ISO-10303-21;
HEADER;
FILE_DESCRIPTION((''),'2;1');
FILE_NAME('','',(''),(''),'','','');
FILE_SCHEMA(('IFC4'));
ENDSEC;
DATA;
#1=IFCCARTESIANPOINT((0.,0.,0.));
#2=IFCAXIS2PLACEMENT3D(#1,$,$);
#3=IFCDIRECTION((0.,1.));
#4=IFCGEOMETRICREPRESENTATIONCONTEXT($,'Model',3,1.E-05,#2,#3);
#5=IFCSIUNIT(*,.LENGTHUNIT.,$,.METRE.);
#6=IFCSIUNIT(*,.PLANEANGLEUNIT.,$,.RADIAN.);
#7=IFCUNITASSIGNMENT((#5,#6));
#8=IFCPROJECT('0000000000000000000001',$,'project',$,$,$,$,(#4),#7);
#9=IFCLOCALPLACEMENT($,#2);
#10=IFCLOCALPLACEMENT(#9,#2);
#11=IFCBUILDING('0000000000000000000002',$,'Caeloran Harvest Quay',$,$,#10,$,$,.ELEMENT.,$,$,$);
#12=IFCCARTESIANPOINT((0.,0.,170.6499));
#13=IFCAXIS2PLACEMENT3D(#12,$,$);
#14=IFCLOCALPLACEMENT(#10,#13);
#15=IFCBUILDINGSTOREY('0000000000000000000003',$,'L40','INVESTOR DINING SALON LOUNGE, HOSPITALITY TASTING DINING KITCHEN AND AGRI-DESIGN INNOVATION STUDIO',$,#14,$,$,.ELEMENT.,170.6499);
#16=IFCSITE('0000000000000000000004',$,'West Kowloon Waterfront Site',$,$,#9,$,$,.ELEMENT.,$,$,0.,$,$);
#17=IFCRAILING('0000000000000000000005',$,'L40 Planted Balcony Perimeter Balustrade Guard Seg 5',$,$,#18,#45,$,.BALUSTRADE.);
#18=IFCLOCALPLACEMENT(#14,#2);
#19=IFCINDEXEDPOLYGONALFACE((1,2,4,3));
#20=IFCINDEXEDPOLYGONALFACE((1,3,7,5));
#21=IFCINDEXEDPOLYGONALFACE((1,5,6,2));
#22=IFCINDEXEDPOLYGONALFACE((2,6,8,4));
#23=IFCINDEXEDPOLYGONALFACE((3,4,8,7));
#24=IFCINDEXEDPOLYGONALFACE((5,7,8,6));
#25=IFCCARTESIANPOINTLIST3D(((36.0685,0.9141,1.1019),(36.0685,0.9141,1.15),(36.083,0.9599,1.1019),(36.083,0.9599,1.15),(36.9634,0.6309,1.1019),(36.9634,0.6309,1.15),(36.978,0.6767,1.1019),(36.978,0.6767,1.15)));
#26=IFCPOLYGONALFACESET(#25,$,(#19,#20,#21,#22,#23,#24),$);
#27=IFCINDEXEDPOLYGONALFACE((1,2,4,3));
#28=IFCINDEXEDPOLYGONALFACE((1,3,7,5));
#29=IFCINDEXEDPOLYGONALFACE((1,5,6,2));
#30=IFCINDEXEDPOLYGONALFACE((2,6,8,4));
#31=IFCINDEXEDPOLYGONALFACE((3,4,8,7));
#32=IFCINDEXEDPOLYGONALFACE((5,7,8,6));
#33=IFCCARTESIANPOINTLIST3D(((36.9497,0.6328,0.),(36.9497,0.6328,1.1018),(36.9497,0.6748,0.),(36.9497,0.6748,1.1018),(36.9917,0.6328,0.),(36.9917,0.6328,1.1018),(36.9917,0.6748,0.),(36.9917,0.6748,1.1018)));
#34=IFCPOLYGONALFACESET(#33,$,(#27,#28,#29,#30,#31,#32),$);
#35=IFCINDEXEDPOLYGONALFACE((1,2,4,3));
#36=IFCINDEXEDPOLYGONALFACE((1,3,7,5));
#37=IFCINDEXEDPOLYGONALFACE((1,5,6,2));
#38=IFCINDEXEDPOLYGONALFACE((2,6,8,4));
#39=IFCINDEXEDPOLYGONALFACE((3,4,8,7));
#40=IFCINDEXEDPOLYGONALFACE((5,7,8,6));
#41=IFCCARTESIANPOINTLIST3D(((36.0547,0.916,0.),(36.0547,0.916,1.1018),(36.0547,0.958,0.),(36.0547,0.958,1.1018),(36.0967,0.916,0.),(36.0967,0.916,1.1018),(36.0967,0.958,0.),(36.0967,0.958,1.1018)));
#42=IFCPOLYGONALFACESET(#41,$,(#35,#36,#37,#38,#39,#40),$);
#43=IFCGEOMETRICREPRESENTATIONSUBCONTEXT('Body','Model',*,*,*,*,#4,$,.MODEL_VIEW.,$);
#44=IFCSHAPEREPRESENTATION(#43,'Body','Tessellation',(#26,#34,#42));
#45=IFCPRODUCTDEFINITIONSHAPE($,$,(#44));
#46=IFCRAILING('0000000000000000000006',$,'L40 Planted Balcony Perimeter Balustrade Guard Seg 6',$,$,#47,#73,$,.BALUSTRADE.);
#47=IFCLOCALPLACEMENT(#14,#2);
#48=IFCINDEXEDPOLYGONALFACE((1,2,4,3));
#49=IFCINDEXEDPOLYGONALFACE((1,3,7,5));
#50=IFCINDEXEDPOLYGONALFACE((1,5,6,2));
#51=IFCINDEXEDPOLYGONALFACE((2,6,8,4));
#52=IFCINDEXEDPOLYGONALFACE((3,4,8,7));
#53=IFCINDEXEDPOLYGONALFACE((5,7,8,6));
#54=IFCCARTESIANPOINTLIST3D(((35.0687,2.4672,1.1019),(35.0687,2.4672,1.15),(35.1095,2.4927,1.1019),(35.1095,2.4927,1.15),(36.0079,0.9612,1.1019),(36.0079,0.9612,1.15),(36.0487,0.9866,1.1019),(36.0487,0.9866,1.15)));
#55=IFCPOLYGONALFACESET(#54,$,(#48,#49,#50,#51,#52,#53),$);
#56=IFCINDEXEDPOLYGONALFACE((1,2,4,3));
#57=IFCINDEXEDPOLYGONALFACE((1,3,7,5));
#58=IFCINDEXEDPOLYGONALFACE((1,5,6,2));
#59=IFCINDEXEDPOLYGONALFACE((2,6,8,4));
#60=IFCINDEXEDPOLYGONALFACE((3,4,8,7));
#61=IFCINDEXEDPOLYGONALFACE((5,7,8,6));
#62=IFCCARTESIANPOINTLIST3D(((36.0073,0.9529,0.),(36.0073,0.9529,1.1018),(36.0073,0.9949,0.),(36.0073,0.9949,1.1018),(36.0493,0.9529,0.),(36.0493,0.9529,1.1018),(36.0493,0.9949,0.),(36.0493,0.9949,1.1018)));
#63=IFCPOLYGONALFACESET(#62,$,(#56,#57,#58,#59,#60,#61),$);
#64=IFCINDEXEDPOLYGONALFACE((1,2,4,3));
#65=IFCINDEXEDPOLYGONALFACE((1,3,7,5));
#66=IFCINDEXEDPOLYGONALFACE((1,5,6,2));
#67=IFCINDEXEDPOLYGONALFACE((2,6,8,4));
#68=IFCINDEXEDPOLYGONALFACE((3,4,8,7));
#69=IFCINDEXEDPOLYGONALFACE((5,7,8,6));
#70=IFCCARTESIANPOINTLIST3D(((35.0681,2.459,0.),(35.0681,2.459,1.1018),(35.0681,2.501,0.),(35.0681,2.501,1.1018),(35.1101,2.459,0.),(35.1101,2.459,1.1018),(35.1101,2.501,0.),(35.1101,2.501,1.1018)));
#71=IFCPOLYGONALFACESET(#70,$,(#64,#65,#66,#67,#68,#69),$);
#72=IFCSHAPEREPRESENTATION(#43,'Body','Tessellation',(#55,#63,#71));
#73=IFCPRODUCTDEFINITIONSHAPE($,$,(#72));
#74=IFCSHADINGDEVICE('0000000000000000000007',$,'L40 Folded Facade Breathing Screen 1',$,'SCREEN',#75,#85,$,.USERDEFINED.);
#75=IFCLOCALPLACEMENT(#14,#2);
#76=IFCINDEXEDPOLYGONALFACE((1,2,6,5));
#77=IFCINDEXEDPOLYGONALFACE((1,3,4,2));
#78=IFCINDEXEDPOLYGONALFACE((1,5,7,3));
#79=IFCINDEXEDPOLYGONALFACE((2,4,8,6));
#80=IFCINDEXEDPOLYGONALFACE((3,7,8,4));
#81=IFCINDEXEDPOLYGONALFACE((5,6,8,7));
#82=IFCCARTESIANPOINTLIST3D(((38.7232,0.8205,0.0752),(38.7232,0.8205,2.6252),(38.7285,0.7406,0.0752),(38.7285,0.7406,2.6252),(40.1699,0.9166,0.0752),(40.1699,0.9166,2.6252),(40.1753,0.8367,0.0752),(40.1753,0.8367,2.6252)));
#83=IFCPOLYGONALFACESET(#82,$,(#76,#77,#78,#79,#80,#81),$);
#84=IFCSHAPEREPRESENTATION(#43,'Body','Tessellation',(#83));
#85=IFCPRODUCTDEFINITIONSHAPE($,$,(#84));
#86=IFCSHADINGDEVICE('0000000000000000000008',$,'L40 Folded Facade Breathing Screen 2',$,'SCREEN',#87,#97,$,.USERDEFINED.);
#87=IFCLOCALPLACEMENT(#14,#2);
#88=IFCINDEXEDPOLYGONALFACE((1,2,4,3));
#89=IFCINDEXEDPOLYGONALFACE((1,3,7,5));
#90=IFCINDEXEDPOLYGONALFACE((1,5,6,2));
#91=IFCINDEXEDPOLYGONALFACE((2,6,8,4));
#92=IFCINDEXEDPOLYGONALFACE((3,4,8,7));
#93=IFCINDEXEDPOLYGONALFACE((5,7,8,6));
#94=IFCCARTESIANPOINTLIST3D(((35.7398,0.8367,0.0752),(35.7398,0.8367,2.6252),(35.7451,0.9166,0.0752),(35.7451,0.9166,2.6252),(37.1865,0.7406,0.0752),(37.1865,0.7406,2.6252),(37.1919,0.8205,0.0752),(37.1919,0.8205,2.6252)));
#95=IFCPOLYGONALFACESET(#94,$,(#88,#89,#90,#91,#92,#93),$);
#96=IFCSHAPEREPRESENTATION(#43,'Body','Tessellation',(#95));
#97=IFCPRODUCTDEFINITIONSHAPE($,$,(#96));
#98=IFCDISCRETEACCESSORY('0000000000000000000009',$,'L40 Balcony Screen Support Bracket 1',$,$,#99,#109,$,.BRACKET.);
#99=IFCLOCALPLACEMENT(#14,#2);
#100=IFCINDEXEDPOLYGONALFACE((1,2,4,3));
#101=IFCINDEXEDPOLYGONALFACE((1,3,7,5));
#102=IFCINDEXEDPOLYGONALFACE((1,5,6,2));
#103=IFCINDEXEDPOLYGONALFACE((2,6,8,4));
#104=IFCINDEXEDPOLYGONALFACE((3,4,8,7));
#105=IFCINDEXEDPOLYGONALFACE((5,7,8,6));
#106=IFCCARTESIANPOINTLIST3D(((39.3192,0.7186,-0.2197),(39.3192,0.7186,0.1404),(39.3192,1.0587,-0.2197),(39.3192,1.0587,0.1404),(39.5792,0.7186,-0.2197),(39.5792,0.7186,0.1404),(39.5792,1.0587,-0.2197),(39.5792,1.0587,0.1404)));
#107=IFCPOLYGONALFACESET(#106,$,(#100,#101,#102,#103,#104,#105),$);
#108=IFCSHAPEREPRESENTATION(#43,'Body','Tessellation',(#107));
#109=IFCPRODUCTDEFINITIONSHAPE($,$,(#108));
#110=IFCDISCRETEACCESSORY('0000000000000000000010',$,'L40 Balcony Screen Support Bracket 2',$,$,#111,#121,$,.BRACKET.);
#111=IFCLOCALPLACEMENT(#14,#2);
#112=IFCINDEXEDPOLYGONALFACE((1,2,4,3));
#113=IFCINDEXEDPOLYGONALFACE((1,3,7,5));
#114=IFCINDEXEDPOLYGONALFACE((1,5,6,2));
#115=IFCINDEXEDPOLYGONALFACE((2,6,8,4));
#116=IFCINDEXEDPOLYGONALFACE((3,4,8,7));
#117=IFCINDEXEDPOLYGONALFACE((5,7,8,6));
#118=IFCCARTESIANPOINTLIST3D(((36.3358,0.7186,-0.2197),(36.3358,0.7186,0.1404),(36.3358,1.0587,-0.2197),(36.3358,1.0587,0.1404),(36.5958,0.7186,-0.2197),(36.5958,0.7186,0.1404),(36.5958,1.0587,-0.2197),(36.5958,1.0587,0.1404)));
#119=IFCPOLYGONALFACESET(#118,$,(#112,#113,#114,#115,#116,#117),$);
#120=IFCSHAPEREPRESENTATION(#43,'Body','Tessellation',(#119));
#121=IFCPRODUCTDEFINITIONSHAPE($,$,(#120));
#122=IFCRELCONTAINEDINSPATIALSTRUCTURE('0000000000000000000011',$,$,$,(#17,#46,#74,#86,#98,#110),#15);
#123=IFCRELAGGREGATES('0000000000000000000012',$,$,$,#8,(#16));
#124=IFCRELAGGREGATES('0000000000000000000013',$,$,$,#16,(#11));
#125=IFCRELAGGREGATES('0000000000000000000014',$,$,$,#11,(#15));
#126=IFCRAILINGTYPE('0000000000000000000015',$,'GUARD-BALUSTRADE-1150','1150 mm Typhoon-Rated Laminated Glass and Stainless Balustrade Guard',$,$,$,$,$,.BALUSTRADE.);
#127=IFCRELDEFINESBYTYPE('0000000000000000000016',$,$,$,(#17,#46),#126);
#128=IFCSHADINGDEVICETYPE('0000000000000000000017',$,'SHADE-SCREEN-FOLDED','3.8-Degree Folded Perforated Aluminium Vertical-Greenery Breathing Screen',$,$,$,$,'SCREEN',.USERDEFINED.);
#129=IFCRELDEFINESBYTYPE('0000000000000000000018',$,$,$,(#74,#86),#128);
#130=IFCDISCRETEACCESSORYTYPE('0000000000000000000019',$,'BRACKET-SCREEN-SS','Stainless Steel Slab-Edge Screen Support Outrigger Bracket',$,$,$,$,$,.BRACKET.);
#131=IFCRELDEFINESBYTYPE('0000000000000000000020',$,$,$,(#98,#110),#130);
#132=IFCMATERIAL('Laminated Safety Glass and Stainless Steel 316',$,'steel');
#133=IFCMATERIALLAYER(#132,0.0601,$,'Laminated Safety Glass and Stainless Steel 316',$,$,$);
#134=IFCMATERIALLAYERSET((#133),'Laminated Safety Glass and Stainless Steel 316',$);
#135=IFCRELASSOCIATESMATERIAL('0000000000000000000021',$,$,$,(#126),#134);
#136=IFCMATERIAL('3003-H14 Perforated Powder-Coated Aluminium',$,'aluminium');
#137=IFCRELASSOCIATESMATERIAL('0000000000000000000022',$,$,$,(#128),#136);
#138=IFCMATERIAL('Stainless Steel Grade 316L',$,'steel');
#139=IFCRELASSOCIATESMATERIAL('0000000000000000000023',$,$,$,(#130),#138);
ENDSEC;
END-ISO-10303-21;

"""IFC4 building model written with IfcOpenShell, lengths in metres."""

from ifc_helpers import new_model, si_unit, direction, frame, origin, origin_2d, place, context, subcontext, project, spatial, rectangle, extrude, material, layer, layer_set, type_object, element, save


model = new_model("IFC4")

# Units and contexts
model_context = context("Model", 3, precision=1e-05, world=origin(), true_north=direction((0.0, 1.0)))
body_context = subcontext(model_context, "Body", "Model", "MODEL_VIEW")
ifc_project = project(units=[si_unit("LENGTHUNIT", "METRE"), si_unit("PLANEANGLEUNIT", "RADIAN")], contexts=[model_context])

# Site, building, storey
site_placement = place(None, origin())
site = spatial("IfcSite", under=ifc_project, at=site_placement, Name="West Kowloon Waterfront Site", CompositionType="ELEMENT", RefElevation=0.0)
building_placement = place(site_placement, origin())
building = spatial("IfcBuilding", under=site, at=building_placement, Name="Caeloran Harvest Quay", CompositionType="ELEMENT")
storey_placement = place(building_placement, frame((0.0, 0.0, 170.6499)))
storey = spatial("IfcBuildingStorey", under=building, at=storey_placement, Name="L40", Description="INVESTOR DINING SALON LOUNGE, HOSPITALITY TASTING DINING KITCHEN AND AGRI-DESIGN INNOVATION STUDIO", CompositionType="ELEMENT", Elevation=170.6499)

# Railings
ifc_material_1 = material(Name="Laminated Safety Glass and Stainless Steel 316", Category="steel")
ifc_layer_1 = layer(ifc_material_1, 0.0601, Name="Laminated Safety Glass and Stainless Steel 316")
ifc_layer_set_1 = layer_set([ifc_layer_1], Name="Laminated Safety Glass and Stainless Steel 316")
railing_type = type_object("IfcRailingType", Name="GUARD-BALUSTRADE-1150", Description="1150 mm Typhoon-Rated Laminated Glass and Stainless Balustrade Guard", PredefinedType="BALUSTRADE", material=ifc_layer_set_1)
railing_1_placement = place(storey_placement, frame((36.9707, 0.6538, 0.0)))
element("IfcRailing", 1, at=railing_1_placement, inside=storey, type_object=railing_type, Name="L40 Planted Balcony Perimeter Balustrade Guard Seg 5", PredefinedType="BALUSTRADE", context=body_context, shape_type="SweptSolid", body=[
    extrude(rectangle(XDim=0.0481, YDim=0.0481, at=origin_2d()), frame((0.0, 0.0, 1.126), z_axis=(-0.95341, 0.301679, 0.0), x_axis=(-0.301679, -0.95341, 0.0)), (0.0, 0.0, 1.0), 0.9387),
    extrude(rectangle(XDim=0.042, YDim=0.042, at=origin_2d()), origin(), (0.0, 0.0, 1.0), 1.1018),
    extrude(rectangle(XDim=0.042, YDim=0.042, at=origin_2d()), frame((-0.895, 0.2832, 0.0)), (0.0, 0.0, 1.0), 1.1018),
])
railing_2_placement = place(storey_placement, frame((36.0283, 0.9739, 0.0)))
element("IfcRailing", 2, at=railing_2_placement, inside=storey, type_object=railing_type, Name="L40 Planted Balcony Perimeter Balustrade Guard Seg 6", PredefinedType="BALUSTRADE", context=body_context, shape_type="SweptSolid", body=[
    extrude(rectangle(XDim=0.0481, YDim=0.0481, at=origin_2d()), frame((0.0, 0.0, 1.126), z_axis=(-0.529146, 0.848531, 0.0), x_axis=(-0.848531, -0.529146, 0.0)), (0.0, 0.0, 1.0), 1.7749),
    extrude(rectangle(XDim=0.042, YDim=0.042, at=origin_2d()), origin(), (0.0, 0.0, 1.0), 1.1018),
    extrude(rectangle(XDim=0.042, YDim=0.042, at=origin_2d()), frame((-0.9392, 1.5061, 0.0)), (0.0, 0.0, 1.0), 1.1018),
])

# Shading devices
ifc_material_2 = material(Name="3003-H14 Perforated Powder-Coated Aluminium", Category="aluminium")
shading_device_type = type_object("IfcShadingDeviceType", Name="SHADE-SCREEN-FOLDED", Description="3.8-Degree Folded Perforated Aluminium Vertical-Greenery Breathing Screen", ElementType="SCREEN", PredefinedType="USERDEFINED", material=ifc_material_2)
for number, where, z_axis, x_axis, name in (
    (3, (39.4492, 0.8286, 0.0752), (0.0, 0.0, 1.0), (0.997801, 0.066274, 0.0), "L40 Folded Facade Breathing Screen 1"),
    (4, (36.4658, 0.8286, 0.0752), (0.0, 0.0, 1.0), (0.997801, -0.066274, 0.0), "L40 Folded Facade Breathing Screen 2"),
):
    element("IfcShadingDevice", number, at=place(storey_placement, frame(where, z_axis=z_axis, x_axis=x_axis)), inside=storey, type_object=shading_device_type, Name=name, ObjectType="SCREEN", PredefinedType="USERDEFINED", context=body_context, shape_type="SweptSolid", body=[
        extrude(rectangle(XDim=1.45, YDim=0.0801, at=origin_2d()), origin(), (0.0, 0.0, 1.0), 2.55),
    ])

# Discrete accessories
ifc_material_3 = material(Name="Stainless Steel Grade 316L", Category="steel")
discrete_accessory_type = type_object("IfcDiscreteAccessoryType", Name="BRACKET-SCREEN-SS", Description="Stainless Steel Slab-Edge Screen Support Outrigger Bracket", PredefinedType="BRACKET", material=ifc_material_3)
for number, where, z_axis, x_axis, name in (
    (5, (39.4492, 0.8887, -0.2197), (0.0, 0.0, 1.0), (1.0, 0.0, 0.0), "L40 Balcony Screen Support Bracket 1"),
    (6, (36.4658, 0.8887, -0.2197), (0.0, 0.0, 1.0), (1.0, 0.0, 0.0), "L40 Balcony Screen Support Bracket 2"),
):
    element("IfcDiscreteAccessory", number, at=place(storey_placement, frame(where, z_axis=z_axis, x_axis=x_axis)), inside=storey, type_object=discrete_accessory_type, Name=name, PredefinedType="BRACKET", context=body_context, shape_type="SweptSolid", body=[
        extrude(rectangle(XDim=0.26, YDim=0.3401, at=origin_2d()), origin(), (0.0, 0.0, 1.0), 0.3601),
    ])

save(model, "model.ifc")
